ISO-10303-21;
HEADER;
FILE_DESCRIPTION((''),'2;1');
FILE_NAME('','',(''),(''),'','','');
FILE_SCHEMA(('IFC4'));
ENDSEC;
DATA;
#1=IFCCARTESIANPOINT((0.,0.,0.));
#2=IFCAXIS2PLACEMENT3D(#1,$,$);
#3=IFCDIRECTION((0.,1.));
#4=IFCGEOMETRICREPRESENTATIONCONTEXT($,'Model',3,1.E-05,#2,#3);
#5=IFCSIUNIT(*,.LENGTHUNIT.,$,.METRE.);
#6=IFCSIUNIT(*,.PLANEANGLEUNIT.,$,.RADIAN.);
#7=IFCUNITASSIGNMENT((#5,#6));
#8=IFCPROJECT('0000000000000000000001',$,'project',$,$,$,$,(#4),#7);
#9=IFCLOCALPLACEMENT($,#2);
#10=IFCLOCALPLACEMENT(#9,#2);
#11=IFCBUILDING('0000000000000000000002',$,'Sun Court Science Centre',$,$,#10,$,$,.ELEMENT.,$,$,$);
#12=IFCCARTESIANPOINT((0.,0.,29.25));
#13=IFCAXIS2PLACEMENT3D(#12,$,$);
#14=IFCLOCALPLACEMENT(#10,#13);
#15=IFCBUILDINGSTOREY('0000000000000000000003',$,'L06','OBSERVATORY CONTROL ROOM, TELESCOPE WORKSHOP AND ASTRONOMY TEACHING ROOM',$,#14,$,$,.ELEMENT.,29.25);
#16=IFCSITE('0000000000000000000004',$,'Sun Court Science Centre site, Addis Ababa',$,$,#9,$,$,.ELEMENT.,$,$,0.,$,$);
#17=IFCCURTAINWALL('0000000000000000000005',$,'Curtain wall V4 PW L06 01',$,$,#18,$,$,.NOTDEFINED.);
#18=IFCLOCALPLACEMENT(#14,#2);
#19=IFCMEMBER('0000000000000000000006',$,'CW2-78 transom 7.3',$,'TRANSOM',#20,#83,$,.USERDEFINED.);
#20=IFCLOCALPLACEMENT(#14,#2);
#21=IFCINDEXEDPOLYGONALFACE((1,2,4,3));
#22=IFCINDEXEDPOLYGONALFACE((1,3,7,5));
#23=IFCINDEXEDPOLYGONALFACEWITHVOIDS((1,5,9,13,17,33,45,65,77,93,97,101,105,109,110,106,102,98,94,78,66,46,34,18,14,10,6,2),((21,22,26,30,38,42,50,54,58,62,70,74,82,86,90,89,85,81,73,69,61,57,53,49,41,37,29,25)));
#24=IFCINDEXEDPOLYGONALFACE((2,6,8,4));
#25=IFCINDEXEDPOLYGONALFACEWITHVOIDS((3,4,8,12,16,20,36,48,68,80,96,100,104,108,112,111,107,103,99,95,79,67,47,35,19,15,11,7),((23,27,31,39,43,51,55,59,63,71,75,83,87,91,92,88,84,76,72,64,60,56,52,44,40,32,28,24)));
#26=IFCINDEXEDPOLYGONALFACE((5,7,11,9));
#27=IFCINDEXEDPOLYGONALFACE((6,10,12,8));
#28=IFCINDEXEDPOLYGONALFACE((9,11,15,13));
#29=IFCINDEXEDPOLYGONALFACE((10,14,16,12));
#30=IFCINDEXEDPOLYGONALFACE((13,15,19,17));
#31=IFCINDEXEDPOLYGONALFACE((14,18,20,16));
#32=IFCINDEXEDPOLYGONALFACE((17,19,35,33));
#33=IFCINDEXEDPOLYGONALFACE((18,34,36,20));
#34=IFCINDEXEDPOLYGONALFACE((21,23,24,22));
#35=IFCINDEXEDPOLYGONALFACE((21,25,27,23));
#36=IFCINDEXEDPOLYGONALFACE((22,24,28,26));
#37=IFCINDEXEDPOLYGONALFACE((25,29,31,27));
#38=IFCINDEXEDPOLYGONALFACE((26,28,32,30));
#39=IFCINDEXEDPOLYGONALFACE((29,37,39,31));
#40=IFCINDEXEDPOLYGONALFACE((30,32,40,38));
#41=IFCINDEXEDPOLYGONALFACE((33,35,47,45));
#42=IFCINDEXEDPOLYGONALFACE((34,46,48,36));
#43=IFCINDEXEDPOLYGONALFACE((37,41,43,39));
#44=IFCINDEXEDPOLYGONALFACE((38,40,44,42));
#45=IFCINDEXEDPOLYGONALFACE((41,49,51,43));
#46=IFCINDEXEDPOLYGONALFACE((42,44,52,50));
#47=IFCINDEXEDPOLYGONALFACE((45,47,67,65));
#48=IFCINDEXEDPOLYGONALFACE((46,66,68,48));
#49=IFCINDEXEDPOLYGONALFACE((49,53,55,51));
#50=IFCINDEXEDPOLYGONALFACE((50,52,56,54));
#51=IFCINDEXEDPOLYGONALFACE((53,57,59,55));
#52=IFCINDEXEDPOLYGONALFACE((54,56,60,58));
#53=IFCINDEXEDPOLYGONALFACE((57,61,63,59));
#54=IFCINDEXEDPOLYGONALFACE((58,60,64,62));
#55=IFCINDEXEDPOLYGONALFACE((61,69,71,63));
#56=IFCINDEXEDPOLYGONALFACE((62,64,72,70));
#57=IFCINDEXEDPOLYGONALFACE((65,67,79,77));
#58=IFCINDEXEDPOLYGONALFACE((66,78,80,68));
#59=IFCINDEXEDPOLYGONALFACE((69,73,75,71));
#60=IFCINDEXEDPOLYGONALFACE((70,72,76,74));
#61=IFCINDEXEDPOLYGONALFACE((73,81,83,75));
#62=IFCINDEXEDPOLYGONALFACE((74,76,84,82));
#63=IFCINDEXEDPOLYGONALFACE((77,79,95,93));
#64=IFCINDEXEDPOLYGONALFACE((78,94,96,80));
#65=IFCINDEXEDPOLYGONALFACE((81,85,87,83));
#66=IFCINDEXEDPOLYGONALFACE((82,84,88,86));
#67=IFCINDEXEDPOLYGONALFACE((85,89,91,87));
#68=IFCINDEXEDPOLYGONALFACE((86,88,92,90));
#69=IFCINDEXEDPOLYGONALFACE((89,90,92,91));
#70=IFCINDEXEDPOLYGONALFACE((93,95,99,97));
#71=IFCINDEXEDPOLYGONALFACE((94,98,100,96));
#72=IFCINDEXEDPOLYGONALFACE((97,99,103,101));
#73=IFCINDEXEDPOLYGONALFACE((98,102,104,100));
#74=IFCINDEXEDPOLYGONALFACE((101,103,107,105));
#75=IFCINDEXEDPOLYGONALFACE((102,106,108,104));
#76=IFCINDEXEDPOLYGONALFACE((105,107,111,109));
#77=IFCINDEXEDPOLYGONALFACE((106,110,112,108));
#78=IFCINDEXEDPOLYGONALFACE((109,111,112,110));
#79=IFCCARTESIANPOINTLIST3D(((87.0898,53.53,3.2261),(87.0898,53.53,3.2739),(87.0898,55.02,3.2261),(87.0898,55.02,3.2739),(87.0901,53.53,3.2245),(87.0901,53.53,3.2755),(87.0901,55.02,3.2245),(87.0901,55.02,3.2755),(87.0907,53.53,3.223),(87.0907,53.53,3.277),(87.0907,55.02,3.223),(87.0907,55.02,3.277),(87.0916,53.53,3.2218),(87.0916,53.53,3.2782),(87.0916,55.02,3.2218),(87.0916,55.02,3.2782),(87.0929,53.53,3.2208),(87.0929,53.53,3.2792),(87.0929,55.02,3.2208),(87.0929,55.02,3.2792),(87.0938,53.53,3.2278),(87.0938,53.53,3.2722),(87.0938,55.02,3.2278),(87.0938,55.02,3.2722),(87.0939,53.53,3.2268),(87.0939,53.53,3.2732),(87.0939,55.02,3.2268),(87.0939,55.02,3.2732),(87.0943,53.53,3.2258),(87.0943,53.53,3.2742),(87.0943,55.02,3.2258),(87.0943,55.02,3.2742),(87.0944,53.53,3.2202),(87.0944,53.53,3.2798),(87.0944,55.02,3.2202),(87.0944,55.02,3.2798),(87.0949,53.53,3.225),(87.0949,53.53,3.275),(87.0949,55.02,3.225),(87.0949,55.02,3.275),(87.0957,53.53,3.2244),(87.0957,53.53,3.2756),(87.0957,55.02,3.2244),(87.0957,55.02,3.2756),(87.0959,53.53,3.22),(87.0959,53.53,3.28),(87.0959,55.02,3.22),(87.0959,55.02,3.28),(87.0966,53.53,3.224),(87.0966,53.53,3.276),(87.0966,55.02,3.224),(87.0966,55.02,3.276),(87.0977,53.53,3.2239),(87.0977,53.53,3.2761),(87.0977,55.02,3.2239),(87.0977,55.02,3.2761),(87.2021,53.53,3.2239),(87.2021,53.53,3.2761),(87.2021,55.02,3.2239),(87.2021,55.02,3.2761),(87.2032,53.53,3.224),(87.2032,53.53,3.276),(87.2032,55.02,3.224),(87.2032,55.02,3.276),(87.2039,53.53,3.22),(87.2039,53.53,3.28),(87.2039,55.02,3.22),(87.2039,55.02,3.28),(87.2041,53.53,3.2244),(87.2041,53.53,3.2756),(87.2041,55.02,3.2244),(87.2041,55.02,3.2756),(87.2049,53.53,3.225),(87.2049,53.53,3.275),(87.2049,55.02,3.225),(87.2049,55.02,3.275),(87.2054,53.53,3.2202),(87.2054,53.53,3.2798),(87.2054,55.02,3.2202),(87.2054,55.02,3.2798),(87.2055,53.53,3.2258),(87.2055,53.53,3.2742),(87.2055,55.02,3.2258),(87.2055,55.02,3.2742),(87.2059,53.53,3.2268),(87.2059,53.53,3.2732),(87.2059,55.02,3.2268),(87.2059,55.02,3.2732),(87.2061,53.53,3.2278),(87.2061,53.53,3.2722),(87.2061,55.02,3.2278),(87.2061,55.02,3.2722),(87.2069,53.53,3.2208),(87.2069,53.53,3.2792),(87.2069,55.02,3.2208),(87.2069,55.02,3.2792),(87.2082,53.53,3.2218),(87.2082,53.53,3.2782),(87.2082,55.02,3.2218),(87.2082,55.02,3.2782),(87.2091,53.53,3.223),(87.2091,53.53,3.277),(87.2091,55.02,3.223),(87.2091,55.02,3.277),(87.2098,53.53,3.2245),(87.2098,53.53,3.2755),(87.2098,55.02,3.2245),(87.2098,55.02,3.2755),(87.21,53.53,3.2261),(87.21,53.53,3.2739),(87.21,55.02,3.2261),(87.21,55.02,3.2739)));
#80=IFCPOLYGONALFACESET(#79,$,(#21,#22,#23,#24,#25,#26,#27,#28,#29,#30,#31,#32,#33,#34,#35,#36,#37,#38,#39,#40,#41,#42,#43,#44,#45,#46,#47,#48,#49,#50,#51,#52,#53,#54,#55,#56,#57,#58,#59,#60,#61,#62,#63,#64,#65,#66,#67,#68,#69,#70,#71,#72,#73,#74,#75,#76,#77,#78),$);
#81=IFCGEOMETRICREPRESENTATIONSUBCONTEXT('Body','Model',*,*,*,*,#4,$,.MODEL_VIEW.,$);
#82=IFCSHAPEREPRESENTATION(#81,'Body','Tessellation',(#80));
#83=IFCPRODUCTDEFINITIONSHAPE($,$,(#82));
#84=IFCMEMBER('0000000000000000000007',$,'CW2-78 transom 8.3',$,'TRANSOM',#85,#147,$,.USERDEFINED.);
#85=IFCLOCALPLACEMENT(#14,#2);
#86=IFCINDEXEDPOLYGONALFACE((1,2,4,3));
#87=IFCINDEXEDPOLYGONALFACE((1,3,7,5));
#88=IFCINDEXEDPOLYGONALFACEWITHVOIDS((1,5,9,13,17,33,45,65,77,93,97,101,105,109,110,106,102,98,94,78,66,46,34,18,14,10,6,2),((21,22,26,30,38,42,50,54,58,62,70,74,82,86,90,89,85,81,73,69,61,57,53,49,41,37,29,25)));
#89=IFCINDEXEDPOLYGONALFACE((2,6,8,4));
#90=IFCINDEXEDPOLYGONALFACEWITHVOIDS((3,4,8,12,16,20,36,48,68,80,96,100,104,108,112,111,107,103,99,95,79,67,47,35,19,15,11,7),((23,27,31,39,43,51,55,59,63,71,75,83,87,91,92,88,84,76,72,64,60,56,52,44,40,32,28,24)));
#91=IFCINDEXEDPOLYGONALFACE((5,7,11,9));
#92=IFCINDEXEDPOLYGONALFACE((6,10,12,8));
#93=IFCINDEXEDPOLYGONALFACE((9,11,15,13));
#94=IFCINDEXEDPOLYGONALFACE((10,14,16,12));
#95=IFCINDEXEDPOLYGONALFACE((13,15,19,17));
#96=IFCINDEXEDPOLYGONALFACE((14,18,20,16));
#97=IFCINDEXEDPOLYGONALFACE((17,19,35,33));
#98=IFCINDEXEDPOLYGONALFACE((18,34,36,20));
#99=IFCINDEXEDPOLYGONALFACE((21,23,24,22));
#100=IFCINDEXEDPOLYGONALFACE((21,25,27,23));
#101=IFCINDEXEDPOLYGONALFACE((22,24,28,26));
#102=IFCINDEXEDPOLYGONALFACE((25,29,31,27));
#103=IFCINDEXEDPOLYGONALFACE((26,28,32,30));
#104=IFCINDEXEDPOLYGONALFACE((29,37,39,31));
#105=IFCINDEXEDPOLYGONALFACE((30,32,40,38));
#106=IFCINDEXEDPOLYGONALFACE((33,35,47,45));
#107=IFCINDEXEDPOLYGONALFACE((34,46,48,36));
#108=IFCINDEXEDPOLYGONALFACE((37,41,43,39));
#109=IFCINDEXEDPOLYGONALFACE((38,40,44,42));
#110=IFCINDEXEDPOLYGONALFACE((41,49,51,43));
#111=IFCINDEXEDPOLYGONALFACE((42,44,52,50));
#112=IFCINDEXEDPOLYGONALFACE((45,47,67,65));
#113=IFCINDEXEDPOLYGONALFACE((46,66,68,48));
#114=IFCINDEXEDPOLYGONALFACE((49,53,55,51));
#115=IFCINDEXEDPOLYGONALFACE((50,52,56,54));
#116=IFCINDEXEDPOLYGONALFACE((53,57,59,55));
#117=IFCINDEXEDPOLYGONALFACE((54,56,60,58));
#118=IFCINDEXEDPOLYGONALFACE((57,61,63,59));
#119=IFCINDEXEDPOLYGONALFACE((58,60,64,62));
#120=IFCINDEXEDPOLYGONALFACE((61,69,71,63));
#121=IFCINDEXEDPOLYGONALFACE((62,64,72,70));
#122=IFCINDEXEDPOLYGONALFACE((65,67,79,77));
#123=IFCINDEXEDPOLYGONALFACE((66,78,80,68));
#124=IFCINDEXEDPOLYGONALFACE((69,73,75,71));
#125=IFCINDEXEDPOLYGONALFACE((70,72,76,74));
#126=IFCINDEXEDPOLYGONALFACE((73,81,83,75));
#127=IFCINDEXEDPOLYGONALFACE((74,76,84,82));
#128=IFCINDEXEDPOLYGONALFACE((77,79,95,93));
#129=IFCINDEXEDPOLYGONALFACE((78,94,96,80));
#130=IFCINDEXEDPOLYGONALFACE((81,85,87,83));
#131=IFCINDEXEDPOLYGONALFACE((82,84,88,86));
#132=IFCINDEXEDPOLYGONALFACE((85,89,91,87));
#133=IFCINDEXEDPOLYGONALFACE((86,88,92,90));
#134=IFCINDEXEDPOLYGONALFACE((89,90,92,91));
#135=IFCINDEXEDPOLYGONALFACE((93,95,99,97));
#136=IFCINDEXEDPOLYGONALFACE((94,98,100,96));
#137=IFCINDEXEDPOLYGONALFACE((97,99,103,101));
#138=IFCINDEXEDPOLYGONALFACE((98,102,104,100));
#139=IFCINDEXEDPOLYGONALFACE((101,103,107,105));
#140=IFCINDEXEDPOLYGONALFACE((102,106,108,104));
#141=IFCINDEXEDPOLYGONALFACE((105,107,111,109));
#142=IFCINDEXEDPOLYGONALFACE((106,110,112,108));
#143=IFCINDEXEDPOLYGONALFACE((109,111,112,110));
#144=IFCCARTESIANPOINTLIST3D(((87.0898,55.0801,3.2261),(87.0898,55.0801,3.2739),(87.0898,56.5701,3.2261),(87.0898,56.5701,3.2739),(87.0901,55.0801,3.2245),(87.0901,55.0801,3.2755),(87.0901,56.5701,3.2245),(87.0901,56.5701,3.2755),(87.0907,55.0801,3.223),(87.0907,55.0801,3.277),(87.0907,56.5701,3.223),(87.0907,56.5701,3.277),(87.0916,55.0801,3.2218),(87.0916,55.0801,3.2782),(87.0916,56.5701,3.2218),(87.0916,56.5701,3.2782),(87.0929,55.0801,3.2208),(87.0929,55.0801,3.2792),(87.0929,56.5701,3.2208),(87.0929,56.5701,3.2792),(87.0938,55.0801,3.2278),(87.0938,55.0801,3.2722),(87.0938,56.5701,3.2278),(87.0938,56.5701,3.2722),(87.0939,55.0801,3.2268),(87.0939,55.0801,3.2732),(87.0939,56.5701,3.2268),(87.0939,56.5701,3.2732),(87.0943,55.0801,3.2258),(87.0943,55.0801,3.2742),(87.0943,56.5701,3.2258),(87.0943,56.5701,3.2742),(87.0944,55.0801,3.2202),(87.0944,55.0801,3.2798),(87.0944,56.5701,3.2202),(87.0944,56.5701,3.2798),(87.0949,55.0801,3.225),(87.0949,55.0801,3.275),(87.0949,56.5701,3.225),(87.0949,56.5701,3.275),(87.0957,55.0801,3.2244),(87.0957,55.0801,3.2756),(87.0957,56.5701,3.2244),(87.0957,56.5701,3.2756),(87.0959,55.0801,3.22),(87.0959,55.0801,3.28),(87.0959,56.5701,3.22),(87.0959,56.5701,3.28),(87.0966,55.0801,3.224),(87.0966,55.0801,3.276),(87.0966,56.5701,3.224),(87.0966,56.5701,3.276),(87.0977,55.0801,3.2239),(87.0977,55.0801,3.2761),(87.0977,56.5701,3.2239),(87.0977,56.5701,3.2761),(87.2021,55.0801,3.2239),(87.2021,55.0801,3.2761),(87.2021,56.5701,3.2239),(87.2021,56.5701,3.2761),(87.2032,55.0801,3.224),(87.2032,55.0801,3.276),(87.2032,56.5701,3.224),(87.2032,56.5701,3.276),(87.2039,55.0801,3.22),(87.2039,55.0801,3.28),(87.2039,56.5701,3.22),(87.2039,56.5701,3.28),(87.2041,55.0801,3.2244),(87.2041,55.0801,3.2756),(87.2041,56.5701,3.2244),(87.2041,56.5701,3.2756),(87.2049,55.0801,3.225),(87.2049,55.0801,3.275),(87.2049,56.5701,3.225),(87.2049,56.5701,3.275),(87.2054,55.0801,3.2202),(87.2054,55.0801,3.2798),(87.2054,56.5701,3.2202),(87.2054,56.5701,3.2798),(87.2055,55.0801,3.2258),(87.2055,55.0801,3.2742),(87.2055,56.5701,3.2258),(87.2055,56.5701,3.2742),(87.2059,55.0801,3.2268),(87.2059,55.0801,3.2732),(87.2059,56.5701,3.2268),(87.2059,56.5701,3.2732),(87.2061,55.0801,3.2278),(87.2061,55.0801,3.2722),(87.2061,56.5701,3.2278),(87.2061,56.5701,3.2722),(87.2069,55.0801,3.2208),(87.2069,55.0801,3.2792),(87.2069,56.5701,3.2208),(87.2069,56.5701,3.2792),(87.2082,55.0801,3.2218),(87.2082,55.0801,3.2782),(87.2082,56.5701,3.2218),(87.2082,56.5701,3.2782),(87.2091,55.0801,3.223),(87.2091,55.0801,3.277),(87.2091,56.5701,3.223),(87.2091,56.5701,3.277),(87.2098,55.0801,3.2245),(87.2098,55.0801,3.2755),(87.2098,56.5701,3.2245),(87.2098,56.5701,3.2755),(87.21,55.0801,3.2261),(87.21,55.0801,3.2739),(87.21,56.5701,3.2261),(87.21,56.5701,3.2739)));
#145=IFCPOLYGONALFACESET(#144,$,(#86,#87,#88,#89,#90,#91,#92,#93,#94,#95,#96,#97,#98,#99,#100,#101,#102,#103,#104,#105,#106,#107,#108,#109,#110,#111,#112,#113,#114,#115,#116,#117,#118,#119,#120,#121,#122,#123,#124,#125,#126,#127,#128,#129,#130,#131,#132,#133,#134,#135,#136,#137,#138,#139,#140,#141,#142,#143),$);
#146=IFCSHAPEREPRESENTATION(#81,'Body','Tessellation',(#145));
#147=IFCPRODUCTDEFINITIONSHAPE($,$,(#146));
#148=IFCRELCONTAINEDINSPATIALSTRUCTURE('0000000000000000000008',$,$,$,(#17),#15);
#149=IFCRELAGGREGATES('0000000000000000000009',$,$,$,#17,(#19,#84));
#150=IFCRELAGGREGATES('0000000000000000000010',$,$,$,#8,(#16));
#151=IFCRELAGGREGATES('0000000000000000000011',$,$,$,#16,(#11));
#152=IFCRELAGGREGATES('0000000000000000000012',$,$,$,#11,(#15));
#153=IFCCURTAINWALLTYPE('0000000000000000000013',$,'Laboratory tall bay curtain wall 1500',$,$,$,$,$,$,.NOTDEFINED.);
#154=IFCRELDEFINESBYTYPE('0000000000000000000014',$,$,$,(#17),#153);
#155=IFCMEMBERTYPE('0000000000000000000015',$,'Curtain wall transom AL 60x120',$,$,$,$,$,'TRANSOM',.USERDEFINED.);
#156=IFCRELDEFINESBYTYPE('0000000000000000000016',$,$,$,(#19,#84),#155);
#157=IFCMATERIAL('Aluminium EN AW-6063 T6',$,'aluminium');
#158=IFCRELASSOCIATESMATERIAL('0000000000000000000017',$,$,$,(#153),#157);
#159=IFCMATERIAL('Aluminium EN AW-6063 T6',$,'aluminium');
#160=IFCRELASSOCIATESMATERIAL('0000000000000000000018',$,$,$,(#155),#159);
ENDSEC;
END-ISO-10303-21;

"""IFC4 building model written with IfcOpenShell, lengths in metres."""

from ifc_helpers import new_model, si_unit, direction, frame, origin, origin_2d, place, context, subcontext, project, spatial, hollow_rectangle, extrude, material, material_profile, profile_set, type_object, element, aggregate, save


model = new_model("IFC4")

# Units and contexts
model_context = context("Model", 3, precision=1e-05, world=origin(), true_north=direction((0.0, 1.0)))
body_context = subcontext(model_context, "Body", "Model", "MODEL_VIEW")
ifc_project = project(units=[si_unit("LENGTHUNIT", "METRE"), si_unit("PLANEANGLEUNIT", "RADIAN")], contexts=[model_context])

# Site, building, storey
site_placement = place(None, origin())
site = spatial("IfcSite", under=ifc_project, at=site_placement, Name="Sun Court Science Centre site, Addis Ababa", CompositionType="ELEMENT", RefElevation=0.0)
building_placement = place(site_placement, origin())
building = spatial("IfcBuilding", under=site, at=building_placement, Name="Sun Court Science Centre", CompositionType="ELEMENT")
storey_placement = place(building_placement, frame((0.0, 0.0, 29.25)))
storey = spatial("IfcBuildingStorey", under=building, at=storey_placement, Name="L06", Description="OBSERVATORY CONTROL ROOM, TELESCOPE WORKSHOP AND ASTRONOMY TEACHING ROOM", CompositionType="ELEMENT", Elevation=29.25)

# Curtain wall, members
ifc_material_1 = material(Name="Aluminium EN AW-6063 T6", Category="aluminium")
curtain_wall_type = type_object("IfcCurtainWallType", Name="Laboratory tall bay curtain wall 1500", PredefinedType="NOTDEFINED", material=ifc_material_1)
curtain_wall_placement = place(storey_placement, origin())
curtain_wall = element("IfcCurtainWall", 1, at=curtain_wall_placement, inside=storey, type_object=curtain_wall_type, Name="Curtain wall V4 PW L06 01", PredefinedType="NOTDEFINED")
ifc_material_2 = material(Name="Aluminium EN AW-6063 T6", Category="aluminium")
ifc_material_profile_1 = material_profile(ifc_material_2, hollow_rectangle(XDim=0.0601, YDim=0.1201, WallThickness=0.0039, InnerFilletRadius=0.0039, OuterFilletRadius=0.0061, at=origin_2d()), Name="AL 60x120x4")
ifc_profile_set_1 = profile_set([ifc_material_profile_1], Name="Aluminium EN AW-6063 T6")
member_type_1 = type_object("IfcMemberType", Name="Curtain wall transom AL 60x120", ElementType="TRANSOM", PredefinedType="USERDEFINED", material=ifc_profile_set_1)
member_1_placement = place(storey_placement, frame((87.1499, 53.53, 3.25), z_axis=(0.0, 1.0, 0.0), x_axis=(0.0, 0.0, 1.0)))
member_1 = element("IfcMember", 2, at=member_1_placement, type_object=member_type_1, Name="CW2-78 transom 7.3", ObjectType="TRANSOM", PredefinedType="USERDEFINED", context=body_context, shape_type="SweptSolid", body=[
    extrude(hollow_rectangle(XDim=0.0601, YDim=0.1201, WallThickness=0.0039, InnerFilletRadius=0.0039, OuterFilletRadius=0.0061, at=origin_2d()), origin(), (0.0, 0.0, 1.0), 1.49),
])
member_2_placement = place(storey_placement, frame((87.1499, 55.0801, 3.25), z_axis=(0.0, 1.0, 0.0), x_axis=(0.0, 0.0, 1.0)))
member_2 = element("IfcMember", 3, at=member_2_placement, type_object=member_type_1, Name="CW2-78 transom 8.3", ObjectType="TRANSOM", PredefinedType="USERDEFINED", context=body_context, shape_type="SweptSolid", body=[
    extrude(hollow_rectangle(XDim=0.0601, YDim=0.1201, WallThickness=0.0039, InnerFilletRadius=0.0039, OuterFilletRadius=0.0061, at=origin_2d()), origin(), (0.0, 0.0, 1.0), 1.49),
])

aggregate(curtain_wall, [member_1, member_2])

save(model, "model.ifc")
